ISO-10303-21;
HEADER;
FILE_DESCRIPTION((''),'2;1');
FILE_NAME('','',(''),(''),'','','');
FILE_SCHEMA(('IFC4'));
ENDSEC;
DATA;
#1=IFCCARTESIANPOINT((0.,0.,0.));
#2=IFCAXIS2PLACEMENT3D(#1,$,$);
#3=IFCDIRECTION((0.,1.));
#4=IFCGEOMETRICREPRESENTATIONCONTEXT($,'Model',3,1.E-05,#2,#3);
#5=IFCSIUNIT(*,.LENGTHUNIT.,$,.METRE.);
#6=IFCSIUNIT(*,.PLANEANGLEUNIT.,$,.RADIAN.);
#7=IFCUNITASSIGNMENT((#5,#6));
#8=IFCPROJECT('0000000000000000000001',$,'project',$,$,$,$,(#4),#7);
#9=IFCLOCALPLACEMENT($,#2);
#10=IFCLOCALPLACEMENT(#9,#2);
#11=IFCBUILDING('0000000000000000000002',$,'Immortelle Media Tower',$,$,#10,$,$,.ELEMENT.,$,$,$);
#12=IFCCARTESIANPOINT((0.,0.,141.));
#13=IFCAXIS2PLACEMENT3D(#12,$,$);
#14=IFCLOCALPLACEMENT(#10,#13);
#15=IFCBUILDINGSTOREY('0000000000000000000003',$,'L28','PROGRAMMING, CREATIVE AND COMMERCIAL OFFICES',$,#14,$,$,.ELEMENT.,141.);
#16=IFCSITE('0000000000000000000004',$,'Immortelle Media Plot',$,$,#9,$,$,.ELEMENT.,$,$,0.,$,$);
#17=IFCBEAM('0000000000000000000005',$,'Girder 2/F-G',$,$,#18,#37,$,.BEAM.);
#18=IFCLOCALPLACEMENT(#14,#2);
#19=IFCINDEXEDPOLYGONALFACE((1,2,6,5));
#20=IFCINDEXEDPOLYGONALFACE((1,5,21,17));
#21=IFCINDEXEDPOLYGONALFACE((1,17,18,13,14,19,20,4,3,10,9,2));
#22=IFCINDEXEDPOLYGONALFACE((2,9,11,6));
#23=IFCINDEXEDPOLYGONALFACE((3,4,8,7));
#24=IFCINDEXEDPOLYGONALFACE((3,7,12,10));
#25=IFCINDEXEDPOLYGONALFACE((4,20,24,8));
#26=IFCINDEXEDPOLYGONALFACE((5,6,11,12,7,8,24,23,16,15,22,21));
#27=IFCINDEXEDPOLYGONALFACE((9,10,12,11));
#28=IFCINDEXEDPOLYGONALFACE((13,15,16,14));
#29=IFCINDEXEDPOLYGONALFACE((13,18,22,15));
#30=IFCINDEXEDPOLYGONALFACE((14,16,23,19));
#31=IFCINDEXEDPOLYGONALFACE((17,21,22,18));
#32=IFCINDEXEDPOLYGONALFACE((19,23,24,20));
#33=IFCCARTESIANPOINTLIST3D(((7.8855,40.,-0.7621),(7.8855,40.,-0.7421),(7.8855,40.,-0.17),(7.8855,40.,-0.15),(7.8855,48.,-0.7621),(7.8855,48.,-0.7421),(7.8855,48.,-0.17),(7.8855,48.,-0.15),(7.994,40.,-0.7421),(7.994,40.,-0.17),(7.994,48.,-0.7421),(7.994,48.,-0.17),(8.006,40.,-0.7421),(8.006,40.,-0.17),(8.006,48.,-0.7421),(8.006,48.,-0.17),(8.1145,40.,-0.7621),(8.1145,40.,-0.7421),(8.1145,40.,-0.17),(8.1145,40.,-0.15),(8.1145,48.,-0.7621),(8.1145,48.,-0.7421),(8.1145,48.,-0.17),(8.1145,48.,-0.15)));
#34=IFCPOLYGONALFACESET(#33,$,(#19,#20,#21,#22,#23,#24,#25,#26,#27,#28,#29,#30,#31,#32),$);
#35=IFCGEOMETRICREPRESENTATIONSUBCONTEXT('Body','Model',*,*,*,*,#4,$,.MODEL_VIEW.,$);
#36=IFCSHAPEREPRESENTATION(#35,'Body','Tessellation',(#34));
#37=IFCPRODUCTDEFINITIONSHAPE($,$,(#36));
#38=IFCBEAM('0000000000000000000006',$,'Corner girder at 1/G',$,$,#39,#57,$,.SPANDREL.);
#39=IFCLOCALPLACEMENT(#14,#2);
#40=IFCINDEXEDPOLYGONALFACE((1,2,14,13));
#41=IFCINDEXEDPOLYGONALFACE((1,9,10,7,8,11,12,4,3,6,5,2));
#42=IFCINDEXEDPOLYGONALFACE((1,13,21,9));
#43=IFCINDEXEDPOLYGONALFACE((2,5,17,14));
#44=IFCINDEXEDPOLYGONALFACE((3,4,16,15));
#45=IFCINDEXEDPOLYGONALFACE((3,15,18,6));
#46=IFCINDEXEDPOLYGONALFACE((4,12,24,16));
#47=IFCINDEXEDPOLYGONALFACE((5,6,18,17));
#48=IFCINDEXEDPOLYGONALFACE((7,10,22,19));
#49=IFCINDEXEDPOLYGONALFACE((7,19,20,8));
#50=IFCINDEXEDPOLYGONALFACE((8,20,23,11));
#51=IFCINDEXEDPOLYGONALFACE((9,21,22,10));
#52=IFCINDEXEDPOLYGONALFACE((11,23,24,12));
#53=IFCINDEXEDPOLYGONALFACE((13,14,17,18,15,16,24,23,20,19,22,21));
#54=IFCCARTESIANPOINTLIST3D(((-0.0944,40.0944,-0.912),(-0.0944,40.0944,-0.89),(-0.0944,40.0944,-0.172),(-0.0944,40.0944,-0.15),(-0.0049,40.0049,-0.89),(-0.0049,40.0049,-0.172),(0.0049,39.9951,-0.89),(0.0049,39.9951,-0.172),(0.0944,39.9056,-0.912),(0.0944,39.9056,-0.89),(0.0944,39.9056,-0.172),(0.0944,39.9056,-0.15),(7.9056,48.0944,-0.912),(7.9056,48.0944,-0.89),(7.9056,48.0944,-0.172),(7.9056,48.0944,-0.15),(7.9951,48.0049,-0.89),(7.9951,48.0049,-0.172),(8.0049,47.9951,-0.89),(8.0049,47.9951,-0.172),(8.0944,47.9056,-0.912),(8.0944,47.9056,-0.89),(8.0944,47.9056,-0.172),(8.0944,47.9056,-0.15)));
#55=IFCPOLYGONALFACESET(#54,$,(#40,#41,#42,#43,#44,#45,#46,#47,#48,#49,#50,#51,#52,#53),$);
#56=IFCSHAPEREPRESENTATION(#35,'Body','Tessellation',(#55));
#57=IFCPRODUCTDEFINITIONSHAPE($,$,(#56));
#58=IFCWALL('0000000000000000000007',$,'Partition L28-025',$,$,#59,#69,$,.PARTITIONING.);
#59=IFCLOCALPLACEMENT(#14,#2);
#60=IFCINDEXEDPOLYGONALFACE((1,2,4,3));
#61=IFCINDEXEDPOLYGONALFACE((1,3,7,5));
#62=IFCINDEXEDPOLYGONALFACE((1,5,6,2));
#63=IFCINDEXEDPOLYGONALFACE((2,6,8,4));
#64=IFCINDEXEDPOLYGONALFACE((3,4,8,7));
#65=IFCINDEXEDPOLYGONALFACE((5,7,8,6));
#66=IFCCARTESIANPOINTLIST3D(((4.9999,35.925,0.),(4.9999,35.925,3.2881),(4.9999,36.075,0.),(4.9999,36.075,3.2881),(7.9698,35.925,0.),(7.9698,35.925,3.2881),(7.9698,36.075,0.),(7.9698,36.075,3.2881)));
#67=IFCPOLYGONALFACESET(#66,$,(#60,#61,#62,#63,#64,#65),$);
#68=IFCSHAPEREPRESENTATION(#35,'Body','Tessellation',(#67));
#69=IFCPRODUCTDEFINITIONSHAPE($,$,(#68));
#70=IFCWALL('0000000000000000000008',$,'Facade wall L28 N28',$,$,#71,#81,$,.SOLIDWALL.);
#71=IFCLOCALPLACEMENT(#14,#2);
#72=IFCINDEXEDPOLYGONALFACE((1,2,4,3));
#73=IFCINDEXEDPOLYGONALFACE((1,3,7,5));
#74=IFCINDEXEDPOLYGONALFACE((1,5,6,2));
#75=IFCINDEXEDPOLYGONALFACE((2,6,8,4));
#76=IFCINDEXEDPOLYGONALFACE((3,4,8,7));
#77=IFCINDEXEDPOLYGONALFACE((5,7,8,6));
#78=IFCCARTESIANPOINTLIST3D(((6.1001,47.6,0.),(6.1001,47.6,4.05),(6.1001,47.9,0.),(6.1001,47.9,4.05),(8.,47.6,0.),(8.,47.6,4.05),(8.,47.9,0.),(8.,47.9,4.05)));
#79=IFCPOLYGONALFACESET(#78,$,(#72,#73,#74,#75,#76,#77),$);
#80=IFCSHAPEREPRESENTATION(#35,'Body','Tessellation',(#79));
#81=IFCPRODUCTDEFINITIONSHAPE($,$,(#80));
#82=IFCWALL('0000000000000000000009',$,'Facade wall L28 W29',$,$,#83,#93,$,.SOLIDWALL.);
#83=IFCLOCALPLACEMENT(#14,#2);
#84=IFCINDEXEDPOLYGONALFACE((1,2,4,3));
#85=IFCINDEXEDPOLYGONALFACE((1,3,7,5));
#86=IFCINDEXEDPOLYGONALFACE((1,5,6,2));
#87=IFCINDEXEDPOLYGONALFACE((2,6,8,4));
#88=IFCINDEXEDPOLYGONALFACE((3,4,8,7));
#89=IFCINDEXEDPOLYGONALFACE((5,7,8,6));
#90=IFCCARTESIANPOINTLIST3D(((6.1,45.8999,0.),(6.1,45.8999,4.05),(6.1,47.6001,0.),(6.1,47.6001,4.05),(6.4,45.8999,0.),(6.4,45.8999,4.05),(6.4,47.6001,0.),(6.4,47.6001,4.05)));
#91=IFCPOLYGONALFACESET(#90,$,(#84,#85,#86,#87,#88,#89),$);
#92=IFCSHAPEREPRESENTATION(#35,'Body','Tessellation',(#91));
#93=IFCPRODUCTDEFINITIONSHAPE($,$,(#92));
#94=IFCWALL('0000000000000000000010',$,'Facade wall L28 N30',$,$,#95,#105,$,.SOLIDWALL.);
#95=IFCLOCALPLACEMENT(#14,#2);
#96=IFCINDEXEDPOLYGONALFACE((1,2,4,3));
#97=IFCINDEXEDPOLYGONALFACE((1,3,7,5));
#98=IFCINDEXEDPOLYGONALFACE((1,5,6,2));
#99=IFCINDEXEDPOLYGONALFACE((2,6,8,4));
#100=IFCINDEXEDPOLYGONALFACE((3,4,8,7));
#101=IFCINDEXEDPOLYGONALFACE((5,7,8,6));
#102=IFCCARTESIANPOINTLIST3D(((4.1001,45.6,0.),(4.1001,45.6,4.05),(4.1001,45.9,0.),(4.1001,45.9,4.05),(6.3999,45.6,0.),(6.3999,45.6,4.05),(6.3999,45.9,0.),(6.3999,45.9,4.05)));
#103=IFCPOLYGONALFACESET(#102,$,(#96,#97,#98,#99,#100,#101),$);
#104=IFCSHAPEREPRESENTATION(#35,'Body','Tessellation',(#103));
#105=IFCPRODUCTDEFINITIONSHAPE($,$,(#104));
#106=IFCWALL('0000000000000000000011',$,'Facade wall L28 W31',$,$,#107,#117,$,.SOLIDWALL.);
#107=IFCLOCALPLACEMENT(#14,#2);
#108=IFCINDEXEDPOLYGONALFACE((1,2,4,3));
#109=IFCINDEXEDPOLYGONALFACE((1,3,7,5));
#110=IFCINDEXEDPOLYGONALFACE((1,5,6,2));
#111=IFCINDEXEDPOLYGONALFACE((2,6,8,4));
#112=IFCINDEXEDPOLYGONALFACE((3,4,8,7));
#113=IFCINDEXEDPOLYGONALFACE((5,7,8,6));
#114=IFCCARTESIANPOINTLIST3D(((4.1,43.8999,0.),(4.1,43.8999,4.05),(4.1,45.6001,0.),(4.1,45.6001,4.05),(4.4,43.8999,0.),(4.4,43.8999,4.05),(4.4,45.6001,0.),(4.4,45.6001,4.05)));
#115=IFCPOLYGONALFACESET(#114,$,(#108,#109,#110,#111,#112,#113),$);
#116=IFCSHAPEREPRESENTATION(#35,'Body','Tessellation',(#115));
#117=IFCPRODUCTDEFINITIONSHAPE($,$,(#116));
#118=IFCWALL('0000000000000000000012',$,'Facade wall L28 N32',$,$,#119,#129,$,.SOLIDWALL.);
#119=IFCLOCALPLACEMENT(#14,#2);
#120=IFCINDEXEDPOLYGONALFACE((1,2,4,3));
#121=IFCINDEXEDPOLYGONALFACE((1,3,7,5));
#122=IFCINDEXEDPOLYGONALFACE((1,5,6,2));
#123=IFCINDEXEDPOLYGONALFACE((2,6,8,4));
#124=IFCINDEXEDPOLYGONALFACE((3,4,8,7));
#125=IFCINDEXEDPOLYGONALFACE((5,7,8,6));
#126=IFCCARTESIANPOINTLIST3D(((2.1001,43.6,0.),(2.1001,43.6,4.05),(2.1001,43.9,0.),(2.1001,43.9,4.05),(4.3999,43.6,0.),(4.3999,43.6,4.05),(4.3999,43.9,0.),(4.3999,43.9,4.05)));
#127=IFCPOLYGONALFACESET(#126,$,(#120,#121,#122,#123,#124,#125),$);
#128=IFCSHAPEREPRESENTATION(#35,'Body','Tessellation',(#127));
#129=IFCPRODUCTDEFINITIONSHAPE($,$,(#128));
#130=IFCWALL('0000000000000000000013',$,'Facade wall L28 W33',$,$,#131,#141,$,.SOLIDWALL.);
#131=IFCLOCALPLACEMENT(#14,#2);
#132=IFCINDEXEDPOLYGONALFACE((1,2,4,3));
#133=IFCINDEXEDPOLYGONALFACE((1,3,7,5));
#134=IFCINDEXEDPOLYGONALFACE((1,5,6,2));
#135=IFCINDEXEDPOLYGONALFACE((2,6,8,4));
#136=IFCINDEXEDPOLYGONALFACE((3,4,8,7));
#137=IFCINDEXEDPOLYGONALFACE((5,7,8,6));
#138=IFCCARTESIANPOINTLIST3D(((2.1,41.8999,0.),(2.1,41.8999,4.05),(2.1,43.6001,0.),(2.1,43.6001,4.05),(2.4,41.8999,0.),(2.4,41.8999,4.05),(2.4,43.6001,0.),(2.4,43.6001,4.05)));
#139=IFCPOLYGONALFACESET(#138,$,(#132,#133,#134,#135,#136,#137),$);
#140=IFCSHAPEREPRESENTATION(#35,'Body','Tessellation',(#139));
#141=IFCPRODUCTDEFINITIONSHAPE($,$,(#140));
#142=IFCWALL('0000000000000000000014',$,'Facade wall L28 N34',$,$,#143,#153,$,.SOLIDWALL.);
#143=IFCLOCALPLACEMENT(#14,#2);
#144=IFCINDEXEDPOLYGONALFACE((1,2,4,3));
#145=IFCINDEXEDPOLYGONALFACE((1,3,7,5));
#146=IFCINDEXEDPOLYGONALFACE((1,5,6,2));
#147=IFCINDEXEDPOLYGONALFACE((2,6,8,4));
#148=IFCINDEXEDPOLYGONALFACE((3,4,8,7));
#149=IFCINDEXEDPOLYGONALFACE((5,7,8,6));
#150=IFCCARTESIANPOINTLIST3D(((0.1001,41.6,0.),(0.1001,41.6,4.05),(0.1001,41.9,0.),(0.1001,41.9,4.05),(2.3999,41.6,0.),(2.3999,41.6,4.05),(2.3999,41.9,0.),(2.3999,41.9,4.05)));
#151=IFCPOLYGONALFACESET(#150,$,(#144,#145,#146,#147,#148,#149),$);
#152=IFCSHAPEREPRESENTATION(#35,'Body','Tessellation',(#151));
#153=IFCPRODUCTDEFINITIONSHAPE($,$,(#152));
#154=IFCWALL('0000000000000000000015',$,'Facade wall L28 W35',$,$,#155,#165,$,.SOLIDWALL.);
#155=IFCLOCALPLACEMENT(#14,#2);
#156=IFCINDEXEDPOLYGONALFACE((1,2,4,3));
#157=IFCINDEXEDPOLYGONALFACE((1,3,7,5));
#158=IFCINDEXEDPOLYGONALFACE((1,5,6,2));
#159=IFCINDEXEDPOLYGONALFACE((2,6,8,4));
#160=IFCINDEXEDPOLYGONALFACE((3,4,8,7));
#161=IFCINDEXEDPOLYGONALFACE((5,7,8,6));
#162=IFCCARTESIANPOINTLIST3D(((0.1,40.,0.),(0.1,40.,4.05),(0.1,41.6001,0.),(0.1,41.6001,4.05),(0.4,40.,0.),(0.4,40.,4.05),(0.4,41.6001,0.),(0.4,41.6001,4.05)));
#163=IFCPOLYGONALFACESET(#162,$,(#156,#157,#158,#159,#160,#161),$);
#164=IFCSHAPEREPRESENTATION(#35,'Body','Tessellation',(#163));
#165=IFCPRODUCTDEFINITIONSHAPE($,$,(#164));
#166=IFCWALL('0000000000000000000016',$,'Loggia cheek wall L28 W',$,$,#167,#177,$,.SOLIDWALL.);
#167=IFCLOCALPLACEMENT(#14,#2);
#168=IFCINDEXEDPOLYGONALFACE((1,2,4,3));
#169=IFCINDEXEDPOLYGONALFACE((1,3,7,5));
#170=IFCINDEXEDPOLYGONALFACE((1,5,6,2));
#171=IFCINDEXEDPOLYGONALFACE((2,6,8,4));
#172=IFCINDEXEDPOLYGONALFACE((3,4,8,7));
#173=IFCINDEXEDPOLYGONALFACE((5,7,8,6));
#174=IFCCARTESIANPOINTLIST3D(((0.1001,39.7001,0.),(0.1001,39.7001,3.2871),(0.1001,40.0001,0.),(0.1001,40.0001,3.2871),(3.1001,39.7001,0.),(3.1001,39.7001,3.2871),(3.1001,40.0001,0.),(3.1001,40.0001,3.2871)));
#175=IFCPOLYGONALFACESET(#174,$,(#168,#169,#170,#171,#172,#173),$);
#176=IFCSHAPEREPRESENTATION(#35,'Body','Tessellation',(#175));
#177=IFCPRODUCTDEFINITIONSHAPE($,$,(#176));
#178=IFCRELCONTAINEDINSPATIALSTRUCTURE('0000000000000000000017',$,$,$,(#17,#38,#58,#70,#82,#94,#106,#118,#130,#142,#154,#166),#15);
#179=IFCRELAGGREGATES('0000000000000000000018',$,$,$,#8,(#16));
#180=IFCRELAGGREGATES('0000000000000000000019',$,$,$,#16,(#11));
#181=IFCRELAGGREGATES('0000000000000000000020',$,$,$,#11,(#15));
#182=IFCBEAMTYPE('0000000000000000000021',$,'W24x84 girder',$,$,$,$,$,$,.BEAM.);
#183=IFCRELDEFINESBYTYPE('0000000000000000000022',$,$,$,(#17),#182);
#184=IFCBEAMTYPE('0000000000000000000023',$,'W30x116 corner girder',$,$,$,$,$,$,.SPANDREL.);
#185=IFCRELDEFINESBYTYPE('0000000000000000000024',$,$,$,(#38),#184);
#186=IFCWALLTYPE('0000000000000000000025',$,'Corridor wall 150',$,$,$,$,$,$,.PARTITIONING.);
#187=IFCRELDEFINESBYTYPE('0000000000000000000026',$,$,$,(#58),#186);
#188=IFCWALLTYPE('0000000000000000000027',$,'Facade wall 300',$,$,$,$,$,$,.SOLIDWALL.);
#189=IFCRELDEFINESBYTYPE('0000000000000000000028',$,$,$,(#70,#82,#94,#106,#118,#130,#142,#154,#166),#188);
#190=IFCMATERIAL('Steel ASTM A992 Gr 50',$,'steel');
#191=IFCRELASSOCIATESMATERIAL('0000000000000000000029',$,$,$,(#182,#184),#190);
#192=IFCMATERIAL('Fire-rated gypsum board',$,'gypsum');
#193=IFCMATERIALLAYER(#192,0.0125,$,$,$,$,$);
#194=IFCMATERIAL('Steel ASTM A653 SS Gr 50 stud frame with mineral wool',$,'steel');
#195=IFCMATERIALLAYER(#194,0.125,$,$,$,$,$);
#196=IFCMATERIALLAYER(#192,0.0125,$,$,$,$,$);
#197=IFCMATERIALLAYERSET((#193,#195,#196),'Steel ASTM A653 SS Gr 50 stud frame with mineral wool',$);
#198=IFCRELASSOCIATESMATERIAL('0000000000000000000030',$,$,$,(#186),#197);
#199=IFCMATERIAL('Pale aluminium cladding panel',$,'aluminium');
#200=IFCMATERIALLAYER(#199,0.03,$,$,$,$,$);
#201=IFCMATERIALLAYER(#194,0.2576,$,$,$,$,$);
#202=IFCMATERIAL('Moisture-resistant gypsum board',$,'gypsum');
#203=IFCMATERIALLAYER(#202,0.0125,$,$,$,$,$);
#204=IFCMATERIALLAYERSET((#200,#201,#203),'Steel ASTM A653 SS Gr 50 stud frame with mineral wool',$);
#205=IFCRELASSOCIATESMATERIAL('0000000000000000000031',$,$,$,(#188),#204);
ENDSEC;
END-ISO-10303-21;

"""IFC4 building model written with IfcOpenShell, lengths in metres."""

from ifc_helpers import new_model, si_unit, direction, frame, frame_2d, origin, origin_2d, place, context, subcontext, project, spatial, rectangle, i_section, extrude, material, layer, layer_set, material_profile, profile_set, type_object, element, save


model = new_model("IFC4")

# Units and contexts
model_context = context("Model", 3, precision=1e-05, world=origin(), true_north=direction((0.0, 1.0)))
body_context = subcontext(model_context, "Body", "Model", "MODEL_VIEW")
ifc_project = project(units=[si_unit("LENGTHUNIT", "METRE"), si_unit("PLANEANGLEUNIT", "RADIAN")], contexts=[model_context])

# Site, building, storey
site_placement = place(None, origin())
site = spatial("IfcSite", under=ifc_project, at=site_placement, Name="Immortelle Media Plot", CompositionType="ELEMENT", RefElevation=0.0)
building_placement = place(site_placement, origin())
building = spatial("IfcBuilding", under=site, at=building_placement, Name="Immortelle Media Tower", CompositionType="ELEMENT")
storey_placement = place(building_placement, frame((0.0, 0.0, 141.0)))
storey = spatial("IfcBuildingStorey", under=building, at=storey_placement, Name="L28", Description="PROGRAMMING, CREATIVE AND COMMERCIAL OFFICES", CompositionType="ELEMENT", Elevation=141.0)

# Shared definitions
ifc_material_1 = material(Name="Steel ASTM A992 Gr 50", Category="steel")

# Beams
ifc_material_profile_1 = material_profile(ifc_material_1, i_section(OverallWidth=0.229, OverallDepth=0.6121, WebThickness=0.012, FlangeThickness=0.02, at=origin_2d()), Name="W24x84")
ifc_profile_set_1 = profile_set([ifc_material_profile_1], Name="Steel ASTM A992 Gr 50")
beam_type_1 = type_object("IfcBeamType", Name="W24x84 girder", PredefinedType="BEAM", material=ifc_profile_set_1)
for number, where, z_axis, x_axis, name in (
    (1, (8.0, 40.0, -0.4561), (0.0, 1.0, 0.0), (-1.0, 0.0, 0.0), "Girder 2/F-G"),
):
    element("IfcBeam", number, at=place(storey_placement, frame(where, z_axis=z_axis, x_axis=x_axis)), inside=storey, type_object=beam_type_1, Name=name, PredefinedType="BEAM", context=body_context, shape_type="SweptSolid", body=[
        extrude(i_section(OverallWidth=0.229, OverallDepth=0.6121, WebThickness=0.012, FlangeThickness=0.02, at=origin_2d()), origin(), (0.0, 0.0, 1.0), 8.0),
    ])
ifc_material_profile_2 = material_profile(ifc_material_1, i_section(OverallWidth=0.2671, OverallDepth=0.762, WebThickness=0.0139, FlangeThickness=0.022, at=origin_2d()), Name="W30x116")
ifc_profile_set_2 = profile_set([ifc_material_profile_2], Name="Steel ASTM A992 Gr 50")
beam_type_2 = type_object("IfcBeamType", Name="W30x116 corner girder", PredefinedType="SPANDREL", material=ifc_profile_set_2)
beam_1_placement = place(storey_placement, frame((0.0, 40.0, -0.531), z_axis=(0.707107, 0.707107, 0.0), x_axis=(-0.707107, 0.707107, 0.0)))
element("IfcBeam", 2, at=beam_1_placement, inside=storey, type_object=beam_type_2, Name="Corner girder at 1/G", PredefinedType="SPANDREL", context=body_context, shape_type="SweptSolid", body=[
    extrude(i_section(OverallWidth=0.2671, OverallDepth=0.762, WebThickness=0.0139, FlangeThickness=0.022, at=origin_2d()), origin(), (0.0, 0.0, 1.0), 11.3137),
])

# Walls
ifc_material_2 = material(Name="Fire-rated gypsum board", Category="gypsum")
ifc_layer_1 = layer(ifc_material_2, 0.0125)
ifc_material_3 = material(Name="Steel ASTM A653 SS Gr 50 stud frame with mineral wool", Category="steel")
ifc_layer_2 = layer(ifc_material_3, 0.125)
ifc_layer_3 = layer(ifc_material_2, 0.0125)
ifc_layer_set_1 = layer_set([ifc_layer_1, ifc_layer_2, ifc_layer_3], Name="Steel ASTM A653 SS Gr 50 stud frame with mineral wool")
wall_type_1 = type_object("IfcWallType", Name="Corridor wall 150", PredefinedType="PARTITIONING", material=ifc_layer_set_1)
wall_1_placement = place(storey_placement, frame((5.0, 36.0, 0.0), z_axis=(0.0, 0.0, 1.0), x_axis=(1.0, 0.0, 0.0)))
element("IfcWall", 3, at=wall_1_placement, inside=storey, type_object=wall_type_1, Name="Partition L28-025", PredefinedType="PARTITIONING", context=body_context, shape_type="SweptSolid", body=[
    extrude(rectangle(XDim=2.97, YDim=0.1499, at=frame_2d((1.4849, 0.0))), origin(), (0.0, 0.0, 1.0), 3.2881),
])
ifc_material_4 = material(Name="Pale aluminium cladding panel", Category="aluminium")
ifc_layer_4 = layer(ifc_material_4, 0.03)
ifc_layer_5 = layer(ifc_material_3, 0.2576)
ifc_material_5 = material(Name="Moisture-resistant gypsum board", Category="gypsum")
ifc_layer_6 = layer(ifc_material_5, 0.0125)
ifc_layer_set_2 = layer_set([ifc_layer_4, ifc_layer_5, ifc_layer_6], Name="Steel ASTM A653 SS Gr 50 stud frame with mineral wool")
wall_type_2 = type_object("IfcWallType", Name="Facade wall 300", PredefinedType="SOLIDWALL", material=ifc_layer_set_2)
wall_2_placement = place(storey_placement, frame((8.0, 47.75, 0.0), z_axis=(0.0, 0.0, 1.0), x_axis=(-1.0, 0.0, 0.0)))
element("IfcWall", 4, at=wall_2_placement, inside=storey, type_object=wall_type_2, Name="Facade wall L28 N28", PredefinedType="SOLIDWALL", context=body_context, shape_type="SweptSolid", body=[
    extrude(rectangle(XDim=1.8999, YDim=0.3, at=frame_2d((0.95, 0.0))), origin(), (0.0, 0.0, 1.0), 4.05),
])
wall_3_placement = place(storey_placement, frame((6.25, 47.6001, 0.0), z_axis=(0.0, 0.0, 1.0), x_axis=(0.0, -1.0, 0.0)))
element("IfcWall", 5, at=wall_3_placement, inside=storey, type_object=wall_type_2, Name="Facade wall L28 W29", PredefinedType="SOLIDWALL", context=body_context, shape_type="SweptSolid", body=[
    extrude(rectangle(XDim=1.7002, YDim=0.3, at=frame_2d((0.8501, 0.0))), origin(), (0.0, 0.0, 1.0), 4.05),
])
wall_4_placement = place(storey_placement, frame((6.3999, 45.75, 0.0), z_axis=(0.0, 0.0, 1.0), x_axis=(-1.0, 0.0, 0.0)))
element("IfcWall", 6, at=wall_4_placement, inside=storey, type_object=wall_type_2, Name="Facade wall L28 N30", PredefinedType="SOLIDWALL", context=body_context, shape_type="SweptSolid", body=[
    extrude(rectangle(XDim=2.2998, YDim=0.3, at=frame_2d((1.1499, 0.0))), origin(), (0.0, 0.0, 1.0), 4.05),
])
wall_5_placement = place(storey_placement, frame((4.25, 45.6001, 0.0), z_axis=(0.0, 0.0, 1.0), x_axis=(0.0, -1.0, 0.0)))
element("IfcWall", 7, at=wall_5_placement, inside=storey, type_object=wall_type_2, Name="Facade wall L28 W31", PredefinedType="SOLIDWALL", context=body_context, shape_type="SweptSolid", body=[
    extrude(rectangle(XDim=1.7002, YDim=0.3, at=frame_2d((0.8501, 0.0))), origin(), (0.0, 0.0, 1.0), 4.05),
])
wall_6_placement = place(storey_placement, frame((4.3999, 43.75, 0.0), z_axis=(0.0, 0.0, 1.0), x_axis=(-1.0, 0.0, 0.0)))
element("IfcWall", 8, at=wall_6_placement, inside=storey, type_object=wall_type_2, Name="Facade wall L28 N32", PredefinedType="SOLIDWALL", context=body_context, shape_type="SweptSolid", body=[
    extrude(rectangle(XDim=2.2998, YDim=0.3, at=frame_2d((1.1499, 0.0))), origin(), (0.0, 0.0, 1.0), 4.05),
])
wall_7_placement = place(storey_placement, frame((2.25, 43.6001, 0.0), z_axis=(0.0, 0.0, 1.0), x_axis=(0.0, -1.0, 0.0)))
element("IfcWall", 9, at=wall_7_placement, inside=storey, type_object=wall_type_2, Name="Facade wall L28 W33", PredefinedType="SOLIDWALL", context=body_context, shape_type="SweptSolid", body=[
    extrude(rectangle(XDim=1.7002, YDim=0.3, at=frame_2d((0.8501, 0.0))), origin(), (0.0, 0.0, 1.0), 4.05),
])
wall_8_placement = place(storey_placement, frame((2.3999, 41.75, 0.0), z_axis=(0.0, 0.0, 1.0), x_axis=(-1.0, 0.0, 0.0)))
element("IfcWall", 10, at=wall_8_placement, inside=storey, type_object=wall_type_2, Name="Facade wall L28 N34", PredefinedType="SOLIDWALL", context=body_context, shape_type="SweptSolid", body=[
    extrude(rectangle(XDim=2.2998, YDim=0.3, at=frame_2d((1.1499, 0.0))), origin(), (0.0, 0.0, 1.0), 4.05),
])
wall_9_placement = place(storey_placement, frame((0.25, 41.6001, 0.0), z_axis=(0.0, 0.0, 1.0), x_axis=(0.0, -1.0, 0.0)))
element("IfcWall", 11, at=wall_9_placement, inside=storey, type_object=wall_type_2, Name="Facade wall L28 W35", PredefinedType="SOLIDWALL", context=body_context, shape_type="SweptSolid", body=[
    extrude(rectangle(XDim=1.6001, YDim=0.3, at=frame_2d((0.8, 0.0))), origin(), (0.0, 0.0, 1.0), 4.05),
])

# Wall
wall_10_placement = place(storey_placement, frame((0.1001, 39.8501, 0.0), z_axis=(0.0, 0.0, 1.0), x_axis=(1.0, 0.0, 0.0)))
element("IfcWall", 12, at=wall_10_placement, inside=storey, type_object=wall_type_2, Name="Loggia cheek wall L28 W", PredefinedType="SOLIDWALL", context=body_context, shape_type="SweptSolid", body=[
    extrude(rectangle(XDim=3.0, YDim=0.3, at=frame_2d((1.5, 0.0))), origin(), (0.0, 0.0, 1.0), 3.2871),
])

save(model, "model.ifc")
